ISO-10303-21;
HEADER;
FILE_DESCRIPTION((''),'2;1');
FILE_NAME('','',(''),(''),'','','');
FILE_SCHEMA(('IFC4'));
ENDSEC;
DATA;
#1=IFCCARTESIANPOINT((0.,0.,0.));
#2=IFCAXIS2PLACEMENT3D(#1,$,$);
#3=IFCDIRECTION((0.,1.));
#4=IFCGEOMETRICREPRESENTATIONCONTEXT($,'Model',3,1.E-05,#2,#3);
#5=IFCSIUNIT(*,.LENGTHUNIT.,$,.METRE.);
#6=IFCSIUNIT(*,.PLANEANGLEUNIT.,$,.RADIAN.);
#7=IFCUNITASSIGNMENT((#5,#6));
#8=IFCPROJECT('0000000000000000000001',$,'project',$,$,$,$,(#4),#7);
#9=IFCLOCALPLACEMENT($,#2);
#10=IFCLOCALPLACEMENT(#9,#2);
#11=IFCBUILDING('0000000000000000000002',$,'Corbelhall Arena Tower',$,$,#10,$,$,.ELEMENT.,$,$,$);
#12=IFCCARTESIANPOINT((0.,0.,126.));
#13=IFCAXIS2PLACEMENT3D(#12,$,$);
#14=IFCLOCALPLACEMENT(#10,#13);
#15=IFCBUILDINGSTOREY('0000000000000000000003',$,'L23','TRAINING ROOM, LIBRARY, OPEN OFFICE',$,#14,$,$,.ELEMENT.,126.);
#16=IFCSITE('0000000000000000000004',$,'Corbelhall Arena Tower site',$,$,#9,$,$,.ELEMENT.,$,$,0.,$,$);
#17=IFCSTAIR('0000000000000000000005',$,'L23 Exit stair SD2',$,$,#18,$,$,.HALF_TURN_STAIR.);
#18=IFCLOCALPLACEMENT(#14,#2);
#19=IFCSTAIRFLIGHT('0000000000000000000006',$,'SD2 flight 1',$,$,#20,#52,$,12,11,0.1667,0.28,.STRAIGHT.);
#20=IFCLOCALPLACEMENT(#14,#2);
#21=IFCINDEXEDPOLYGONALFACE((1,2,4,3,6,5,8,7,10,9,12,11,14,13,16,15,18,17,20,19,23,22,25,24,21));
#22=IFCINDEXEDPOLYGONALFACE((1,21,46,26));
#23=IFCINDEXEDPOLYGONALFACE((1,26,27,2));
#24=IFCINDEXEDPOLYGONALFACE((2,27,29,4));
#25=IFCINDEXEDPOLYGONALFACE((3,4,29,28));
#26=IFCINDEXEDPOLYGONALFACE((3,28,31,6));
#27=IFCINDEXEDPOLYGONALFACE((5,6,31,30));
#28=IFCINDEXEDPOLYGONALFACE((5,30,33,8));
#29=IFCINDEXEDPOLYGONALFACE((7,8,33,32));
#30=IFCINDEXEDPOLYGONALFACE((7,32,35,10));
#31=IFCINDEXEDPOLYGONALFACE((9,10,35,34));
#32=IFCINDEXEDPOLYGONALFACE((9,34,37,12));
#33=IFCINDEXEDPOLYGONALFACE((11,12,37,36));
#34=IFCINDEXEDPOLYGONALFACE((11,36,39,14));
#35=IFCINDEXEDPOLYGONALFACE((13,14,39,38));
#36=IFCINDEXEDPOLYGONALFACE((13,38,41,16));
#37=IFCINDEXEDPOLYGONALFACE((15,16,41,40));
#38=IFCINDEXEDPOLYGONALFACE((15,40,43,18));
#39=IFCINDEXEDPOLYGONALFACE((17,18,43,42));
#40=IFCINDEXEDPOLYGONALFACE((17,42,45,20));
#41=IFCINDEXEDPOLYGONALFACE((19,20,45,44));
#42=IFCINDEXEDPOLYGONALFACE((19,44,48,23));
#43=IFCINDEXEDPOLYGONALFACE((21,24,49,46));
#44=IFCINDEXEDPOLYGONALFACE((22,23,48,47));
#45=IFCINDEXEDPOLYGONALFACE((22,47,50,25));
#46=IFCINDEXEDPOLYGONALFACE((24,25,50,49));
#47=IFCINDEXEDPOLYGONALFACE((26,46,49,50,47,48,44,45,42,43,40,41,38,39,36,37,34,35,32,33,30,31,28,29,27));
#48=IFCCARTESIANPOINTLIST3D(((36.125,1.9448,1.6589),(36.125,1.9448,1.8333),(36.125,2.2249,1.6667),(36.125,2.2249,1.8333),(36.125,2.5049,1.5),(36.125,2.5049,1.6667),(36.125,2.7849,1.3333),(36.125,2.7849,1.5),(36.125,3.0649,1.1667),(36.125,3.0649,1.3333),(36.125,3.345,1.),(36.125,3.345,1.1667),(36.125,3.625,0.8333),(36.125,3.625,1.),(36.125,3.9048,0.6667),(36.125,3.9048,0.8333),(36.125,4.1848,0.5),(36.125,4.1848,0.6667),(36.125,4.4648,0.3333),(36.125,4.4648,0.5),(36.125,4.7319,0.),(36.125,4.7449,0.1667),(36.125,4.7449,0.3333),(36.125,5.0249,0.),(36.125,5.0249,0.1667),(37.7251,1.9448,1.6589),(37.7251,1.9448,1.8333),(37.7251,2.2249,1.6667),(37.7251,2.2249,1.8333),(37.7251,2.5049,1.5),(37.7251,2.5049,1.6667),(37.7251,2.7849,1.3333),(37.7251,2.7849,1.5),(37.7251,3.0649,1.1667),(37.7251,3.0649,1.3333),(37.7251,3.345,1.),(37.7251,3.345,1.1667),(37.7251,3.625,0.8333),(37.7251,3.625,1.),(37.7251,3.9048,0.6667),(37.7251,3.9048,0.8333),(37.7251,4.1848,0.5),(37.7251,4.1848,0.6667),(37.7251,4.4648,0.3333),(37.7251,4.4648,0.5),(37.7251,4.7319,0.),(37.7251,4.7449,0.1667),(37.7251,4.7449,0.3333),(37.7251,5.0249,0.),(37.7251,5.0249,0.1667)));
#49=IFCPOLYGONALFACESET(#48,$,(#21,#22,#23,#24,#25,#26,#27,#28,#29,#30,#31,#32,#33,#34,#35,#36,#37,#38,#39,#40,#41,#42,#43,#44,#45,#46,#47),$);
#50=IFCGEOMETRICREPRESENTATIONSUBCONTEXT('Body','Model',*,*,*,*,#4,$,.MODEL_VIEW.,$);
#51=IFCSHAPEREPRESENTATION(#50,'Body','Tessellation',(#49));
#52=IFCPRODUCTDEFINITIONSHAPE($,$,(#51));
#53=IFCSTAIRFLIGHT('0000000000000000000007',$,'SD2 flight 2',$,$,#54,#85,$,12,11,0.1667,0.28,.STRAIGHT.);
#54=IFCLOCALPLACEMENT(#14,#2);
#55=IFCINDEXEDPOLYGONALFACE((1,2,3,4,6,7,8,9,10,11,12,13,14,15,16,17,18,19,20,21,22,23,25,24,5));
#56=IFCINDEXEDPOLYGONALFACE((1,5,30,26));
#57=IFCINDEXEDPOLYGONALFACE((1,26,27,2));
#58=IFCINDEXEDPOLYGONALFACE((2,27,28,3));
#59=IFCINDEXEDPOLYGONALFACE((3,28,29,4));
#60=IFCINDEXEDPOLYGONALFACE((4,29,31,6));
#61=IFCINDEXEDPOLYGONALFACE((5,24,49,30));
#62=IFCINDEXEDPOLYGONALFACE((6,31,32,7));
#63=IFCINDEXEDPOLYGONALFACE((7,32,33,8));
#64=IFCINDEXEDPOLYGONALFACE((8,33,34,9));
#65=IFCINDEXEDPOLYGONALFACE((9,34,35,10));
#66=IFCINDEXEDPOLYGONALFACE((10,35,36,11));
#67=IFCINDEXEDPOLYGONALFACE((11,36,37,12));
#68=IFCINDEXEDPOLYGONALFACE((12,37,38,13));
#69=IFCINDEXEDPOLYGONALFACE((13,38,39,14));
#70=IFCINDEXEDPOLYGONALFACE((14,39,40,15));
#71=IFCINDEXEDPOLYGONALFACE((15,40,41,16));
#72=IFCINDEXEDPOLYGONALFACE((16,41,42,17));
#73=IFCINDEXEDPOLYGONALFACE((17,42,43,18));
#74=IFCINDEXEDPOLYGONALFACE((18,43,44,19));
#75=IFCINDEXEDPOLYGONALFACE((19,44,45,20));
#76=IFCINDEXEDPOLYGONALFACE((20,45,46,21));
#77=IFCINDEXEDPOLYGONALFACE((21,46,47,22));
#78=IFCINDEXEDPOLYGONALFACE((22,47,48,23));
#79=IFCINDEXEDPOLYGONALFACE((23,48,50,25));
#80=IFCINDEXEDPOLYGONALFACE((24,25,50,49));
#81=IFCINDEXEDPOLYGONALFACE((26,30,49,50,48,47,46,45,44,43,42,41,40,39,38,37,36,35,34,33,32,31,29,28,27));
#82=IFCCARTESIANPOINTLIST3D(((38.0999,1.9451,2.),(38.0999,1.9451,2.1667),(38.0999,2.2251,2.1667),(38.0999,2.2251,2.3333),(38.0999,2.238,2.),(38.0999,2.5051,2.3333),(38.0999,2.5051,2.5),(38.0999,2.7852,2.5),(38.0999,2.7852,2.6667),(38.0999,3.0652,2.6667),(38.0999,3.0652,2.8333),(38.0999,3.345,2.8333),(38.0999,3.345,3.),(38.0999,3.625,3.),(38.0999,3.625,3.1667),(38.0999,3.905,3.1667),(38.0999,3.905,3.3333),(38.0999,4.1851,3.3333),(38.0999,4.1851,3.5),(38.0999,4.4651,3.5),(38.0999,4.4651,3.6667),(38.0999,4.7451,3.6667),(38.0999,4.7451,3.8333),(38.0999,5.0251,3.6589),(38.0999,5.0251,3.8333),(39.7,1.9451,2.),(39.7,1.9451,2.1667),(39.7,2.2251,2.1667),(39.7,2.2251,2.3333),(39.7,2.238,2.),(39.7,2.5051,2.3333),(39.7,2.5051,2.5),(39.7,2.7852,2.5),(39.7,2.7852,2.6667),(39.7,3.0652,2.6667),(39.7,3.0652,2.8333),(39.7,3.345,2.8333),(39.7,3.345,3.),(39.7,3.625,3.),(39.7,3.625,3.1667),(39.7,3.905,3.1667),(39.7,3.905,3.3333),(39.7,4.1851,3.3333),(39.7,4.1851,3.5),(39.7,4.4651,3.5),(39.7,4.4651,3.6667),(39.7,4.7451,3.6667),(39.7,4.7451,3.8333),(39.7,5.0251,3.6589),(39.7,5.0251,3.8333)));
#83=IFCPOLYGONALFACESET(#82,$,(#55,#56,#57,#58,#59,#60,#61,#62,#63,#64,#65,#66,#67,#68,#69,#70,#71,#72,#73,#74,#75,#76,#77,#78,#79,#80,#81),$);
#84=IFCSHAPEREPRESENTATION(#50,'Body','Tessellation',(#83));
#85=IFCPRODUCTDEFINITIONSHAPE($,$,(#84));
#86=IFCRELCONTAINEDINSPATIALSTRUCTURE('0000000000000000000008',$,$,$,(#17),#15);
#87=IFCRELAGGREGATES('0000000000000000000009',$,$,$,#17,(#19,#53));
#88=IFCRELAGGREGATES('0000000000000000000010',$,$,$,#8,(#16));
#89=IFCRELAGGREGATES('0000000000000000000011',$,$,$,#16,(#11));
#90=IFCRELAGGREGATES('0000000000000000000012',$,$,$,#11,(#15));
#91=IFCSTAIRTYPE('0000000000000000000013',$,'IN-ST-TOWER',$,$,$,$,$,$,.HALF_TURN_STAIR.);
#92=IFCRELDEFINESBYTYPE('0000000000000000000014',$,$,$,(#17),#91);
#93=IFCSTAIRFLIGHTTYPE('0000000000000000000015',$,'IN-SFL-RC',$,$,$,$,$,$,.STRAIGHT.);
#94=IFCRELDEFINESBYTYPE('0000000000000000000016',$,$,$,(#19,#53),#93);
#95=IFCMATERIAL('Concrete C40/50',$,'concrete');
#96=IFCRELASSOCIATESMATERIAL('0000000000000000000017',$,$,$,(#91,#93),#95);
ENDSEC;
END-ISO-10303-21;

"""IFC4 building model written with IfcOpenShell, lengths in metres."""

from ifc_helpers import new_model, si_unit, direction, frame, origin, place, context, subcontext, project, spatial, polyline, outline, extrude, material, type_object, element, aggregate, save


model = new_model("IFC4")

# Units and contexts
model_context = context("Model", 3, precision=1e-05, world=origin(), true_north=direction((0.0, 1.0)))
body_context = subcontext(model_context, "Body", "Model", "MODEL_VIEW")
ifc_project = project(units=[si_unit("LENGTHUNIT", "METRE"), si_unit("PLANEANGLEUNIT", "RADIAN")], contexts=[model_context])

# Site, building, storey
site_placement = place(None, origin())
site = spatial("IfcSite", under=ifc_project, at=site_placement, Name="Corbelhall Arena Tower site", CompositionType="ELEMENT", RefElevation=0.0)
building_placement = place(site_placement, origin())
building = spatial("IfcBuilding", under=site, at=building_placement, Name="Corbelhall Arena Tower", CompositionType="ELEMENT")
storey_placement = place(building_placement, frame((0.0, 0.0, 126.0)))
storey = spatial("IfcBuildingStorey", under=building, at=storey_placement, Name="L23", Description="TRAINING ROOM, LIBRARY, OPEN OFFICE", CompositionType="ELEMENT", Elevation=126.0)

# Shared definitions
ifc_material_1 = material(Name="Concrete C40/50", Category="concrete")

# Stair, stair flights
stair_type = type_object("IfcStairType", Name="IN-ST-TOWER", PredefinedType="HALF_TURN_STAIR", material=ifc_material_1)
stair_placement = place(storey_placement, origin())
stair = element("IfcStair", 1, at=stair_placement, inside=storey, type_object=stair_type, Name="L23 Exit stair SD2", PredefinedType="HALF_TURN_STAIR")
stair_flight_type = type_object("IfcStairFlightType", Name="IN-SFL-RC", PredefinedType="STRAIGHT", material=ifc_material_1)
stair_flight_1_placement = place(storey_placement, frame((36.925, 5.0249, 0.0), z_axis=(0.0, 0.0, 1.0), x_axis=(0.0, -1.0, 0.0)))
stair_flight_1 = element("IfcStairFlight", 2, at=stair_flight_1_placement, type_object=stair_flight_type, Name="SD2 flight 1", NumberOfRisers=12, NumberOfTreads=11, PredefinedType="STRAIGHT", RiserHeight=0.1667, TreadLength=0.28, context=body_context, shape_type="SweptSolid", body=[
    extrude(outline(polyline([(0.0, 0.0), (0.0, 0.1667), (0.28, 0.1667), (0.28, 0.3333), (0.5601, 0.3333), (0.5601, 0.5), (0.8401, 0.5), (0.8401, 0.6667), (1.1201, 0.6667), (1.1201, 0.8333), (1.3999, 0.8333), (1.3999, 1.0), (1.6799, 1.0), (1.6799, 1.1667), (1.96, 1.1667), (1.96, 1.3333), (2.24, 1.3333), (2.24, 1.5), (2.52, 1.5), (2.52, 1.6667), (2.8, 1.6667), (2.8, 1.8333), (3.0801, 1.8333), (3.0801, 2.0), (3.0801, 1.6589), (0.293, 0.0), (0.0, 0.0)])), frame((0.0, 0.8, 0.0), z_axis=(0.0, -1.0, 0.0), x_axis=(1.0, 0.0, 0.0)), (0.0, 0.0, 1.0), 1.6001),
])
stair_flight_2_placement = place(storey_placement, frame((38.8999, 1.9451, 2.0), z_axis=(0.0, 0.0, 1.0), x_axis=(0.0, 1.0, 0.0)))
stair_flight_2 = element("IfcStairFlight", 3, at=stair_flight_2_placement, type_object=stair_flight_type, Name="SD2 flight 2", NumberOfRisers=12, NumberOfTreads=11, PredefinedType="STRAIGHT", RiserHeight=0.1667, TreadLength=0.28, context=body_context, shape_type="SweptSolid", body=[
    extrude(outline(polyline([(0.0, 0.0), (0.0, 0.1667), (0.28, 0.1667), (0.28, 0.3333), (0.5601, 0.3333), (0.5601, 0.5), (0.8401, 0.5), (0.8401, 0.6667), (1.1201, 0.6667), (1.1201, 0.8333), (1.3999, 0.8333), (1.3999, 1.0), (1.6799, 1.0), (1.6799, 1.1667), (1.96, 1.1667), (1.96, 1.3333), (2.24, 1.3333), (2.24, 1.5), (2.52, 1.5), (2.52, 1.6667), (2.8, 1.6667), (2.8, 1.8333), (3.0801, 1.8333), (3.0801, 2.0), (3.0801, 1.6589), (0.293, 0.0), (0.0, 0.0)])), frame((0.0, 0.8, 0.0), z_axis=(0.0, -1.0, 0.0), x_axis=(1.0, 0.0, 0.0)), (0.0, 0.0, 1.0), 1.6001),
])
aggregate(stair, [stair_flight_1, stair_flight_2])

save(model, "model.ifc")
